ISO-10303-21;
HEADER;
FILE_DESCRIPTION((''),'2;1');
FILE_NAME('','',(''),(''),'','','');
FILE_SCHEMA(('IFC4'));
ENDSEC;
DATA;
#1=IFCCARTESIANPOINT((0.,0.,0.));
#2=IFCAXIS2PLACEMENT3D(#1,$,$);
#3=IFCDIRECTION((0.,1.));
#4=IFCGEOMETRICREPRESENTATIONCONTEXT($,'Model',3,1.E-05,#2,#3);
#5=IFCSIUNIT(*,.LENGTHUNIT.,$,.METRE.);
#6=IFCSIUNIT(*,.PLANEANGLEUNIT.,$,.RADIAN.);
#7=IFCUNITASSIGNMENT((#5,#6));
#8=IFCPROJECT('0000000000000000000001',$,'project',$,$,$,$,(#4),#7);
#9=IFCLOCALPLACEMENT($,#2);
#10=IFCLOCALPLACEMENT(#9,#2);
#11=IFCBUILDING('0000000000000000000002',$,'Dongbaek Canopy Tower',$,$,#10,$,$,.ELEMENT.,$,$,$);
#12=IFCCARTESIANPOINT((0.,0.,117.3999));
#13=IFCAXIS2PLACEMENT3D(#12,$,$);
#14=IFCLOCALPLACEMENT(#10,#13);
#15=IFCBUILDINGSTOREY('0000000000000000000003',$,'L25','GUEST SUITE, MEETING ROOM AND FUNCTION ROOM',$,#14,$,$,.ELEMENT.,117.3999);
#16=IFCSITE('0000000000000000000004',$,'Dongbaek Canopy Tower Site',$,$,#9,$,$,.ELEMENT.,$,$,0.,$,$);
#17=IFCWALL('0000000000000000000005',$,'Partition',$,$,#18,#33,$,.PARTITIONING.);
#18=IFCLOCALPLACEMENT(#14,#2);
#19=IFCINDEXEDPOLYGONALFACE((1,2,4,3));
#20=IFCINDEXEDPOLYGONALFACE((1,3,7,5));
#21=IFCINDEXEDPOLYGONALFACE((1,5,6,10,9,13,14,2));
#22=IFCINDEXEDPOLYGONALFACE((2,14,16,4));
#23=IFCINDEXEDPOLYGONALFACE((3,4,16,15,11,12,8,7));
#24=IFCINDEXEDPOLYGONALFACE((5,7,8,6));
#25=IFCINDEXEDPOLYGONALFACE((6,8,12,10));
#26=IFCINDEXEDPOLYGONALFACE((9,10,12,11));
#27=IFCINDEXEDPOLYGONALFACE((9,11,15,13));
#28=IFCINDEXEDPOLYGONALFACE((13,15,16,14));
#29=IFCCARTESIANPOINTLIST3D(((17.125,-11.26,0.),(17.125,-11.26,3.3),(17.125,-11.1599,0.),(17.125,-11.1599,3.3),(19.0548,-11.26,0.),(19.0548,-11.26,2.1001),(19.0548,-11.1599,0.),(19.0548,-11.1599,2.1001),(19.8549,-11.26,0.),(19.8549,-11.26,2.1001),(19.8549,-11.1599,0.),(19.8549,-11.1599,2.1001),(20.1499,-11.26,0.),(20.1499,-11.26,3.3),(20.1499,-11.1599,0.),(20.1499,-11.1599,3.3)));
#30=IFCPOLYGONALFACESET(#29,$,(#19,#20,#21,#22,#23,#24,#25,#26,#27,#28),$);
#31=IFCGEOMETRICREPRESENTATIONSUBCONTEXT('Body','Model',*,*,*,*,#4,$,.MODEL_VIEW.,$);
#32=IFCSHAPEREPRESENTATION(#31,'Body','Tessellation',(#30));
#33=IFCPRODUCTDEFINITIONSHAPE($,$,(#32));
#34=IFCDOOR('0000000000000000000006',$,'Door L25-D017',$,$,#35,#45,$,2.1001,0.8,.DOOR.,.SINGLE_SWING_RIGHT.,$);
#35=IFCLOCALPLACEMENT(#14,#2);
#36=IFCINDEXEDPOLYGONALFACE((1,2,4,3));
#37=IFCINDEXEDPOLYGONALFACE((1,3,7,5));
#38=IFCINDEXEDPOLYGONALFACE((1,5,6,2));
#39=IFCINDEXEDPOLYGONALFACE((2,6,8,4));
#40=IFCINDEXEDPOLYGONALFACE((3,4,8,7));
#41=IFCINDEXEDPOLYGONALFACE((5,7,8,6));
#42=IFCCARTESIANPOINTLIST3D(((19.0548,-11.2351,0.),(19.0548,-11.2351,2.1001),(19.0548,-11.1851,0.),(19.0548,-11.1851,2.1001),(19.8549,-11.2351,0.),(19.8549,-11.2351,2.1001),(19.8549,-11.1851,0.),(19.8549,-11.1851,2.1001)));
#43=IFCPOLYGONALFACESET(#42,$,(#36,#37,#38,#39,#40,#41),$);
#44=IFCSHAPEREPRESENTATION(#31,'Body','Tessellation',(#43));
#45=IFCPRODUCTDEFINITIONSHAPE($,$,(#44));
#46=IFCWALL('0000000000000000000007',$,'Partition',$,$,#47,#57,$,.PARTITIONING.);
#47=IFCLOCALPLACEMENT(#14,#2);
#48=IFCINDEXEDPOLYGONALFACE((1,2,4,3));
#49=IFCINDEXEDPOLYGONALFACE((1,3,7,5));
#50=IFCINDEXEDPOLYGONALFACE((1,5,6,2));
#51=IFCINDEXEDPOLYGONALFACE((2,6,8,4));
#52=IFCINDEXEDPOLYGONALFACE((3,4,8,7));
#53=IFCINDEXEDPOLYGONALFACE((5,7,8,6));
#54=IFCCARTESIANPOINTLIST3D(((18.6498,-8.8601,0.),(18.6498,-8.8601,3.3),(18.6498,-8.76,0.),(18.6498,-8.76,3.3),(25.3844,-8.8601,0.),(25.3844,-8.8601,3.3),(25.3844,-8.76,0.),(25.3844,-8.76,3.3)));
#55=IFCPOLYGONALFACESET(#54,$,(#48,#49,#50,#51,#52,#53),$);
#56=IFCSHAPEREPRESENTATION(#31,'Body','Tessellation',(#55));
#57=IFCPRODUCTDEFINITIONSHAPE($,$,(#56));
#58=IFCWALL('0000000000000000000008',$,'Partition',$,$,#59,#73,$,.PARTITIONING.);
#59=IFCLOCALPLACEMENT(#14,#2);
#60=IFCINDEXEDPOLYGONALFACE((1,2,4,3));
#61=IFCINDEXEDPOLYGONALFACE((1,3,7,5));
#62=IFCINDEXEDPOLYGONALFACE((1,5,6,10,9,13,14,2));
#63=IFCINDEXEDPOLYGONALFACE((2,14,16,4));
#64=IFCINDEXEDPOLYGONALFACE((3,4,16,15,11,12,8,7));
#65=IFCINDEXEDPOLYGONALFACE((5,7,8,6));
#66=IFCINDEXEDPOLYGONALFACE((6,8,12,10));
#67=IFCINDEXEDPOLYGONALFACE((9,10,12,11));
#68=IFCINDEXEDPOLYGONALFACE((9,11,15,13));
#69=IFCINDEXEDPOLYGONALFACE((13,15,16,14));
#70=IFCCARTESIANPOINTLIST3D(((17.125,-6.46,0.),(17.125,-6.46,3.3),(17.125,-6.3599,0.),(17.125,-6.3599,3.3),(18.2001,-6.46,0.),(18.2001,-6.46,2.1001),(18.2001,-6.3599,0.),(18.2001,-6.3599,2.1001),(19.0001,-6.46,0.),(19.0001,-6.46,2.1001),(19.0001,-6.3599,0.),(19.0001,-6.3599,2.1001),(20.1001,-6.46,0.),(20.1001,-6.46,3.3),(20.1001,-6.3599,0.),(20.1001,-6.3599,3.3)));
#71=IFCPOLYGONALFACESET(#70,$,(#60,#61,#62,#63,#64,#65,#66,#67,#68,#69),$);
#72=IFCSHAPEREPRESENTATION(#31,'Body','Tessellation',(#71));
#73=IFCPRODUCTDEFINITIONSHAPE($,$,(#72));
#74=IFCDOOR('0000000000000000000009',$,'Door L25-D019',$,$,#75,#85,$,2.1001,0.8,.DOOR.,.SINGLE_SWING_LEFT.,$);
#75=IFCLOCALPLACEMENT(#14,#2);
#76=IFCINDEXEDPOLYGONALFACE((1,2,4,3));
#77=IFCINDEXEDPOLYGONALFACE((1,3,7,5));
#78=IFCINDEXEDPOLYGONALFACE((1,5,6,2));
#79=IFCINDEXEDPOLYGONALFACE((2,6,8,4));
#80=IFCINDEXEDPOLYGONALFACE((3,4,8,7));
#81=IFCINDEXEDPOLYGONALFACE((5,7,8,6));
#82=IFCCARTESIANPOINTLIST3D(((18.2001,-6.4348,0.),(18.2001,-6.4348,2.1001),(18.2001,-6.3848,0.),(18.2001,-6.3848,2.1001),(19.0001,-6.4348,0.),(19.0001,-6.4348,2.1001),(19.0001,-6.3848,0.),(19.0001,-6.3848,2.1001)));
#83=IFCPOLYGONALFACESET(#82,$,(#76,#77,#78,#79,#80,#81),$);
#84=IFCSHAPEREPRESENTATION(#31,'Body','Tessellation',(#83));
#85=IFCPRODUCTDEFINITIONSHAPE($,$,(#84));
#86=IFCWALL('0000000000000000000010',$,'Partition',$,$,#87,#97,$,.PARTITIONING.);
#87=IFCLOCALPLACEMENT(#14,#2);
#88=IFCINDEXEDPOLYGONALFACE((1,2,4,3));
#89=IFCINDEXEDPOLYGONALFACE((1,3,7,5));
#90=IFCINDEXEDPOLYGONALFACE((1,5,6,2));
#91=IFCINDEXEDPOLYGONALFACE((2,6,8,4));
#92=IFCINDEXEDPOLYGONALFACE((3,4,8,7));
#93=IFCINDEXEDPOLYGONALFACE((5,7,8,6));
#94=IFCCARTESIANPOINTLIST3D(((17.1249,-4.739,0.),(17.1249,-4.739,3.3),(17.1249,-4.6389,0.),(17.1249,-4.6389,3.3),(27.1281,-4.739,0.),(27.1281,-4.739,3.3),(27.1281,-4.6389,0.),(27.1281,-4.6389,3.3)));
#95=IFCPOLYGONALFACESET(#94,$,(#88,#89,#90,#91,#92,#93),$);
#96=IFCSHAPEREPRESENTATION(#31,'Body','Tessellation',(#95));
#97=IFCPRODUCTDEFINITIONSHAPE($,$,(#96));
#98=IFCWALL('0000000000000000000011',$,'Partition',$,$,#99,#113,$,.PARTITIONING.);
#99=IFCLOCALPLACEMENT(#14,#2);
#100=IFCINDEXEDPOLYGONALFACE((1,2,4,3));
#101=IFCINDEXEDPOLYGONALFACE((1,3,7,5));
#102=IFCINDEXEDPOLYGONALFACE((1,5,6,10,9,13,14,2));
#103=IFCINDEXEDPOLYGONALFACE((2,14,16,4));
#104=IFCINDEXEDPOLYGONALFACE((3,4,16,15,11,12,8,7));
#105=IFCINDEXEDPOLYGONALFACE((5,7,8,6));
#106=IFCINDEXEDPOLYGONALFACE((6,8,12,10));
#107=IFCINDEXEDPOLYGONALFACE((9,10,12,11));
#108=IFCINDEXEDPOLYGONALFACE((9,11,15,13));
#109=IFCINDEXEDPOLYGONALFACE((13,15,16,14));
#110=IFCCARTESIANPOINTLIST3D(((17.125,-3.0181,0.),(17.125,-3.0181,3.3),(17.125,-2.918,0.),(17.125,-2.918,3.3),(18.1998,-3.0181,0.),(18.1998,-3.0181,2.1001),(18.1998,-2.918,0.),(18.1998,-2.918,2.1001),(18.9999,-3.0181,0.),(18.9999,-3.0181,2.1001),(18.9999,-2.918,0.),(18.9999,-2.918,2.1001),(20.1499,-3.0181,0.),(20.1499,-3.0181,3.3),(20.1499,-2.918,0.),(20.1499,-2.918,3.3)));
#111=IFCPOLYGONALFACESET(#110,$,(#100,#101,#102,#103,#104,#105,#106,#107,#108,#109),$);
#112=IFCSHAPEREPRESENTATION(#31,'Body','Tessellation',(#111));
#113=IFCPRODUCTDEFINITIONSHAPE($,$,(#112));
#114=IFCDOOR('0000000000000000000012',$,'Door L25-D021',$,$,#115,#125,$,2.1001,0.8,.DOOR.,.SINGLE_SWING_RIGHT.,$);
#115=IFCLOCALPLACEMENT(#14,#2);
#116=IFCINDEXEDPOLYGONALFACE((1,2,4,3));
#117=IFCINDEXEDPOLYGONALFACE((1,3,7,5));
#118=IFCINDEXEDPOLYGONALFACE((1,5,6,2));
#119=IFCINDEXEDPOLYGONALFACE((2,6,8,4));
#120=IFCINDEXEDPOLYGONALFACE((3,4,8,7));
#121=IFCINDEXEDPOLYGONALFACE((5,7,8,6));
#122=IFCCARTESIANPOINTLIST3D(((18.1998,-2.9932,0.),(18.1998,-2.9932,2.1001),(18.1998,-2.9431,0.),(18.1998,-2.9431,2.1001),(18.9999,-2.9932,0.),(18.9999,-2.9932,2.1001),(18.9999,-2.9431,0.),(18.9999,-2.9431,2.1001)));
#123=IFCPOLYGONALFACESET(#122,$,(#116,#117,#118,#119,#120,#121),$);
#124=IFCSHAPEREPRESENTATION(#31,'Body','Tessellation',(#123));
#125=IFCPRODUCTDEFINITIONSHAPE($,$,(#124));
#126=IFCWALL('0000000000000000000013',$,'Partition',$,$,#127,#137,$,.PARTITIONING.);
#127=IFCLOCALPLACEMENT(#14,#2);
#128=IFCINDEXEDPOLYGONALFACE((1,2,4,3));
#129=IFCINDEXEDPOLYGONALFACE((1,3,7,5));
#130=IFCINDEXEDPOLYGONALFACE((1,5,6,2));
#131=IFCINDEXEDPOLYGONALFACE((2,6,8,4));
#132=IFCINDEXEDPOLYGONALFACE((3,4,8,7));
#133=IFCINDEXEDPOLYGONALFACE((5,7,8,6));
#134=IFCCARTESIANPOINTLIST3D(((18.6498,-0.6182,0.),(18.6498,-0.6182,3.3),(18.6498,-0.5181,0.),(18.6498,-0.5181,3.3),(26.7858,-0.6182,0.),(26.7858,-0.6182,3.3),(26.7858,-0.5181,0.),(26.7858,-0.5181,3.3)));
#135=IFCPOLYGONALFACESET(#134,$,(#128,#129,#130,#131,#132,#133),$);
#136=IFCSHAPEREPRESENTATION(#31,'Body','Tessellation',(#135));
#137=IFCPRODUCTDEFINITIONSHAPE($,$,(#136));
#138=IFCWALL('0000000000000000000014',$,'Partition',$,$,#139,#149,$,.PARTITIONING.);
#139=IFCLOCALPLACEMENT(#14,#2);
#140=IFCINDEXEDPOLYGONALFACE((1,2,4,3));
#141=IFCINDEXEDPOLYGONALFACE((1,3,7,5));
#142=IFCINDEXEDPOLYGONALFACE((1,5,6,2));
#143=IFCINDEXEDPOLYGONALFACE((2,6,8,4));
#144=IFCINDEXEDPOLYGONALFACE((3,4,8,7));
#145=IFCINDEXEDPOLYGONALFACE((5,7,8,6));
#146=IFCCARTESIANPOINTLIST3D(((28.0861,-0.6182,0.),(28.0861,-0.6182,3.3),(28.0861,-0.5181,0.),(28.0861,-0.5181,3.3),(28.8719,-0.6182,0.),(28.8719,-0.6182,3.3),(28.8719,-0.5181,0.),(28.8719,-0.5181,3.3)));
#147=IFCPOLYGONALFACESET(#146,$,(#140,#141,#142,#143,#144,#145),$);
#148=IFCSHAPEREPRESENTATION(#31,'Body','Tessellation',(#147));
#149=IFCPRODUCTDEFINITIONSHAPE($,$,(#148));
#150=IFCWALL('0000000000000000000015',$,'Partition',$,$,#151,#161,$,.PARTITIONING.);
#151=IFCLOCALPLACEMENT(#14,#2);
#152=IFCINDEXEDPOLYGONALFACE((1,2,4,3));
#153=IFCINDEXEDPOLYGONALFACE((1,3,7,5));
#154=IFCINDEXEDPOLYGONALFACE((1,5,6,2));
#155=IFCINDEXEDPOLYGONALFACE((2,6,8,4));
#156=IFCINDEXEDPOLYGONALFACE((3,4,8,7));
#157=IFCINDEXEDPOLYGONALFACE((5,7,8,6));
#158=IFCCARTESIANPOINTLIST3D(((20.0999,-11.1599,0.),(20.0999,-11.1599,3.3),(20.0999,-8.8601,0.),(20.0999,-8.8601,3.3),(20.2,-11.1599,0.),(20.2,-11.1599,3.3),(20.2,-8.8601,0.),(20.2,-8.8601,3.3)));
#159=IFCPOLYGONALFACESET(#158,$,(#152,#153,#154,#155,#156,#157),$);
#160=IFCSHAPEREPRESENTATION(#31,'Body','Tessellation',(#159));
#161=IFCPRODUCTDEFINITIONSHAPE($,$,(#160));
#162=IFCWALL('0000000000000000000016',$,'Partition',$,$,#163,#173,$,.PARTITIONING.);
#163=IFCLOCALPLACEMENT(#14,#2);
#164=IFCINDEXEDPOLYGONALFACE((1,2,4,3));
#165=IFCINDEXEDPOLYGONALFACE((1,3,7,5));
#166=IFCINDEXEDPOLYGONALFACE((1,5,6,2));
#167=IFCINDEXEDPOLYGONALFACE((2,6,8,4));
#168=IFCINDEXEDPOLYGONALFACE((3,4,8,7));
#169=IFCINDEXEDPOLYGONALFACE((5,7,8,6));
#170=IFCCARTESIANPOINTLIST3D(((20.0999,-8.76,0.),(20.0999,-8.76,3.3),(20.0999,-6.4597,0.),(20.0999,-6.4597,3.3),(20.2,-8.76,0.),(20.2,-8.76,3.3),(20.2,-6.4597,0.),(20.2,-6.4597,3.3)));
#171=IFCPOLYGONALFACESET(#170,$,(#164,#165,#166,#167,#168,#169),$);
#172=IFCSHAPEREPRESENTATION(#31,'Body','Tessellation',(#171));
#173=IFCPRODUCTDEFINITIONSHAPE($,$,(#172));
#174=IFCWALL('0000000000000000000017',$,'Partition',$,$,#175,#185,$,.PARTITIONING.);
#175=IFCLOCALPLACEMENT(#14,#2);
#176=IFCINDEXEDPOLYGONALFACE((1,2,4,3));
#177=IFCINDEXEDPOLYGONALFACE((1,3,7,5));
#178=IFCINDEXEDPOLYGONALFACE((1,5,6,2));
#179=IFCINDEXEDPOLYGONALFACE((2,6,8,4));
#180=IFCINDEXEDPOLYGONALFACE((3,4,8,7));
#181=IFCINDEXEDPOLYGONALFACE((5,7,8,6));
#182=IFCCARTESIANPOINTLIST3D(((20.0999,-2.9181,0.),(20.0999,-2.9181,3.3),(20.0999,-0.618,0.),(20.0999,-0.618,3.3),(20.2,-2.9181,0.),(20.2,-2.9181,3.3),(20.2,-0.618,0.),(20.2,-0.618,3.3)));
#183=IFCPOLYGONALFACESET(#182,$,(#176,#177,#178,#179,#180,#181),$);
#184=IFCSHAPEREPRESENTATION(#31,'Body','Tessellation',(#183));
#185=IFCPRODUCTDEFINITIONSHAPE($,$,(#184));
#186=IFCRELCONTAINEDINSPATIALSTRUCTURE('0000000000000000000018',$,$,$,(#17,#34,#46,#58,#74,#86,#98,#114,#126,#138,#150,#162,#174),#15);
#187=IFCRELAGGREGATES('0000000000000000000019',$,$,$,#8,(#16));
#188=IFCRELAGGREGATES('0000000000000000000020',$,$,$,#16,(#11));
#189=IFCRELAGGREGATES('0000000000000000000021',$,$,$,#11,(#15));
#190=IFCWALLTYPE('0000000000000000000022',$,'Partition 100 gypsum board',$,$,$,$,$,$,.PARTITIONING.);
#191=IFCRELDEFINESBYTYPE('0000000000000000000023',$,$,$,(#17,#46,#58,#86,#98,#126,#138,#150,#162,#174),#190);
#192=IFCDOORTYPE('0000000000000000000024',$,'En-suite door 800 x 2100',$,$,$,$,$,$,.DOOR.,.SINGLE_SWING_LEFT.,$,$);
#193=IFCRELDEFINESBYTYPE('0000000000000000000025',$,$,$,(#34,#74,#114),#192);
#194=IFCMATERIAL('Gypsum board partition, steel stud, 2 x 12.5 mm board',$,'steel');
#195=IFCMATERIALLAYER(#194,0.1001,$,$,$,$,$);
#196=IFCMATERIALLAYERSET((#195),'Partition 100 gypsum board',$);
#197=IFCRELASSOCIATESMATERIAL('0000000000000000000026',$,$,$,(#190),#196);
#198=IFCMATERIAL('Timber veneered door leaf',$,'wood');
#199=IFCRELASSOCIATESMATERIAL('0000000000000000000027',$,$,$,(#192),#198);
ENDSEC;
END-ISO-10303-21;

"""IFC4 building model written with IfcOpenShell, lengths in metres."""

from ifc_helpers import new_model, si_unit, direction, frame, frame_2d, origin, place, context, subcontext, project, spatial, rectangle, extrude, material, layer, layer_set, type_object, element, fill, save


model = new_model("IFC4")

# Units and contexts
model_context = context("Model", 3, precision=1e-05, world=origin(), true_north=direction((0.0, 1.0)))
body_context = subcontext(model_context, "Body", "Model", "MODEL_VIEW")
ifc_project = project(units=[si_unit("LENGTHUNIT", "METRE"), si_unit("PLANEANGLEUNIT", "RADIAN")], contexts=[model_context])

# Site, building, storey
site_placement = place(None, origin())
site = spatial("IfcSite", under=ifc_project, at=site_placement, Name="Dongbaek Canopy Tower Site", CompositionType="ELEMENT", RefElevation=0.0)
building_placement = place(site_placement, origin())
building = spatial("IfcBuilding", under=site, at=building_placement, Name="Dongbaek Canopy Tower", CompositionType="ELEMENT")
storey_placement = place(building_placement, frame((0.0, 0.0, 117.3999)))
storey = spatial("IfcBuildingStorey", under=building, at=storey_placement, Name="L25", Description="GUEST SUITE, MEETING ROOM AND FUNCTION ROOM", CompositionType="ELEMENT", Elevation=117.3999)

# Wall, opening, door
ifc_material_1 = material(Name="Gypsum board partition, steel stud, 2 x 12.5 mm board", Category="steel")
ifc_layer_1 = layer(ifc_material_1, 0.1001)
ifc_layer_set_1 = layer_set([ifc_layer_1], Name="Partition 100 gypsum board")
wall_type = type_object("IfcWallType", Name="Partition 100 gypsum board", PredefinedType="PARTITIONING", material=ifc_layer_set_1)
wall_1_placement = place(storey_placement, frame((17.125, -11.21, 0.0), z_axis=(0.0, 0.0, 1.0), x_axis=(1.0, 0.0, 0.0)))
wall_1 = element("IfcWall", 1, at=wall_1_placement, inside=storey, type_object=wall_type, Name="Partition", PredefinedType="PARTITIONING", context=body_context, shape_type="SweptSolid", body=[
    extrude(rectangle(XDim=3.0249, YDim=0.1001, at=frame_2d((1.5125, 0.0))), origin(), (0.0, 0.0, 1.0), 3.3),
])
opening_1_placement = place(wall_1_placement, frame((1.9299, 0.0, 0.0)))
opening_1 = element("IfcOpeningElement", 2, at=opening_1_placement, cuts=wall_1, PredefinedType="OPENING", context=body_context, shape_type="SweptSolid", body=[
    extrude(rectangle(XDim=0.8, YDim=2.1001, at=frame_2d((0.3999, 1.05))), frame((0.0, 0.0601, 0.0), z_axis=(0.0, -1.0, 0.0), x_axis=(1.0, 0.0, 0.0)), (0.0, 0.0, 1.0), 0.1201),
])
ifc_material_2 = material(Name="Timber veneered door leaf", Category="wood")
door_type = type_object("IfcDoorType", Name="En-suite door 800 x 2100", OperationType="SINGLE_SWING_LEFT", PredefinedType="DOOR", material=ifc_material_2)
door_1_placement = place(opening_1_placement, origin())
door_1 = element("IfcDoor", 3, at=door_1_placement, inside=storey, type_object=door_type, Name="Door L25-D017", OperationType="SINGLE_SWING_RIGHT", OverallHeight=2.1001, OverallWidth=0.8, PredefinedType="DOOR", context=body_context, shape_type="SweptSolid", body=[
    extrude(rectangle(XDim=0.8, YDim=2.1001, at=frame_2d((0.3999, 1.05))), frame((0.0, 0.0249, 0.0), z_axis=(0.0, -1.0, 0.0), x_axis=(1.0, 0.0, 0.0)), (0.0, 0.0, 1.0), 0.05),
])
fill(opening_1, door_1)

# Wall
wall_2_placement = place(storey_placement, frame((18.6499, -8.8101, 0.0), z_axis=(0.0, 0.0, 1.0), x_axis=(1.0, 0.0, 0.0)))
element("IfcWall", 4, at=wall_2_placement, inside=storey, type_object=wall_type, Name="Partition", PredefinedType="PARTITIONING", context=body_context, shape_type="SweptSolid", body=[
    extrude(rectangle(XDim=6.7346, YDim=0.1001, at=frame_2d((3.3672, 0.0))), origin(), (0.0, 0.0, 1.0), 3.3),
])

# Wall, opening, door
wall_3_placement = place(storey_placement, frame((20.1001, -6.4099, 0.0), z_axis=(0.0, 0.0, 1.0), x_axis=(-1.0, 0.0, 0.0)))
wall_3 = element("IfcWall", 5, at=wall_3_placement, inside=storey, type_object=wall_type, Name="Partition", PredefinedType="PARTITIONING", context=body_context, shape_type="SweptSolid", body=[
    extrude(rectangle(XDim=2.9751, YDim=0.1001, at=frame_2d((1.4875, 0.0))), origin(), (0.0, 0.0, 1.0), 3.3),
])
opening_2_placement = place(wall_3_placement, frame((1.1001, 0.0, 0.0)))
opening_2 = element("IfcOpeningElement", 6, at=opening_2_placement, cuts=wall_3, PredefinedType="OPENING", context=body_context, shape_type="SweptSolid", body=[
    extrude(rectangle(XDim=0.8, YDim=2.1001, at=frame_2d((0.3999, 1.05))), frame((0.0, 0.0601, 0.0), z_axis=(0.0, -1.0, 0.0), x_axis=(1.0, 0.0, 0.0)), (0.0, 0.0, 1.0), 0.1201),
])
door_2_placement = place(opening_2_placement, origin())
door_2 = element("IfcDoor", 7, at=door_2_placement, inside=storey, type_object=door_type, Name="Door L25-D019", OperationType="SINGLE_SWING_LEFT", OverallHeight=2.1001, OverallWidth=0.8, PredefinedType="DOOR", context=body_context, shape_type="SweptSolid", body=[
    extrude(rectangle(XDim=0.8, YDim=2.1001, at=frame_2d((0.3999, 1.05))), frame((0.0, 0.0249, 0.0), z_axis=(0.0, -1.0, 0.0), x_axis=(1.0, 0.0, 0.0)), (0.0, 0.0, 1.0), 0.05),
])
fill(opening_2, door_2)

# Wall
wall_4_placement = place(storey_placement, frame((17.125, -4.689, 0.0), z_axis=(0.0, 0.0, 1.0), x_axis=(1.0, 0.0, 0.0)))
element("IfcWall", 8, at=wall_4_placement, inside=storey, type_object=wall_type, Name="Partition", PredefinedType="PARTITIONING", context=body_context, shape_type="SweptSolid", body=[
    extrude(rectangle(XDim=10.0032, YDim=0.1001, at=frame_2d((5.0015, 0.0))), origin(), (0.0, 0.0, 1.0), 3.3),
])

# Wall, opening, door
wall_5_placement = place(storey_placement, frame((17.125, -2.968, 0.0), z_axis=(0.0, 0.0, 1.0), x_axis=(1.0, 0.0, 0.0)))
wall_5 = element("IfcWall", 9, at=wall_5_placement, inside=storey, type_object=wall_type, Name="Partition", PredefinedType="PARTITIONING", context=body_context, shape_type="SweptSolid", body=[
    extrude(rectangle(XDim=3.0249, YDim=0.1001, at=frame_2d((1.5125, 0.0))), origin(), (0.0, 0.0, 1.0), 3.3),
])
opening_3_placement = place(wall_5_placement, frame((1.075, 0.0, 0.0)))
opening_3 = element("IfcOpeningElement", 10, at=opening_3_placement, cuts=wall_5, PredefinedType="OPENING", context=body_context, shape_type="SweptSolid", body=[
    extrude(rectangle(XDim=0.8, YDim=2.1001, at=frame_2d((0.3999, 1.05))), frame((0.0, 0.0601, 0.0), z_axis=(0.0, -1.0, 0.0), x_axis=(1.0, 0.0, 0.0)), (0.0, 0.0, 1.0), 0.1201),
])
door_3_placement = place(opening_3_placement, origin())
door_3 = element("IfcDoor", 11, at=door_3_placement, inside=storey, type_object=door_type, Name="Door L25-D021", OperationType="SINGLE_SWING_RIGHT", OverallHeight=2.1001, OverallWidth=0.8, PredefinedType="DOOR", context=body_context, shape_type="SweptSolid", body=[
    extrude(rectangle(XDim=0.8, YDim=2.1001, at=frame_2d((0.3999, 1.05))), frame((0.0, 0.0249, 0.0), z_axis=(0.0, -1.0, 0.0), x_axis=(1.0, 0.0, 0.0)), (0.0, 0.0, 1.0), 0.05),
])
fill(opening_3, door_3)

# Walls
wall_6_placement = place(storey_placement, frame((18.6499, -0.5681, 0.0), z_axis=(0.0, 0.0, 1.0), x_axis=(1.0, 0.0, 0.0)))
element("IfcWall", 12, at=wall_6_placement, inside=storey, type_object=wall_type, Name="Partition", PredefinedType="PARTITIONING", context=body_context, shape_type="SweptSolid", body=[
    extrude(rectangle(XDim=8.136, YDim=0.1001, at=frame_2d((4.0679, 0.0))), origin(), (0.0, 0.0, 1.0), 3.3),
])
wall_7_placement = place(storey_placement, frame((28.0859, -0.5681, 0.0), z_axis=(0.0, 0.0, 1.0), x_axis=(1.0, 0.0, 0.0)))
element("IfcWall", 13, at=wall_7_placement, inside=storey, type_object=wall_type, Name="Partition", PredefinedType="PARTITIONING", context=body_context, shape_type="SweptSolid", body=[
    extrude(rectangle(XDim=0.7859, YDim=0.1001, at=frame_2d((0.3931, 0.0))), origin(), (0.0, 0.0, 1.0), 3.3),
])
wall_8_placement = place(storey_placement, frame((20.1499, -11.1599, 0.0), z_axis=(0.0, 0.0, 1.0), x_axis=(0.0, 1.0, 0.0)))
element("IfcWall", 14, at=wall_8_placement, inside=storey, type_object=wall_type, Name="Partition", PredefinedType="PARTITIONING", context=body_context, shape_type="SweptSolid", body=[
    extrude(rectangle(XDim=2.2998, YDim=0.1001, at=frame_2d((1.1499, 0.0))), origin(), (0.0, 0.0, 1.0), 3.3),
])
wall_9_placement = place(storey_placement, frame((20.1499, -8.76, 0.0), z_axis=(0.0, 0.0, 1.0), x_axis=(0.0, 1.0, 0.0)))
element("IfcWall", 15, at=wall_9_placement, inside=storey, type_object=wall_type, Name="Partition", PredefinedType="PARTITIONING", context=body_context, shape_type="SweptSolid", body=[
    extrude(rectangle(XDim=2.3003, YDim=0.1001, at=frame_2d((1.1501, 0.0))), origin(), (0.0, 0.0, 1.0), 3.3),
])
wall_10_placement = place(storey_placement, frame((20.1499, -2.918, 0.0), z_axis=(0.0, 0.0, 1.0), x_axis=(0.0, 1.0, 0.0)))
element("IfcWall", 16, at=wall_10_placement, inside=storey, type_object=wall_type, Name="Partition", PredefinedType="PARTITIONING", context=body_context, shape_type="SweptSolid", body=[
    extrude(rectangle(XDim=2.3, YDim=0.1001, at=frame_2d((1.1499, 0.0))), origin(), (0.0, 0.0, 1.0), 3.3),
])

save(model, "model.ifc")
